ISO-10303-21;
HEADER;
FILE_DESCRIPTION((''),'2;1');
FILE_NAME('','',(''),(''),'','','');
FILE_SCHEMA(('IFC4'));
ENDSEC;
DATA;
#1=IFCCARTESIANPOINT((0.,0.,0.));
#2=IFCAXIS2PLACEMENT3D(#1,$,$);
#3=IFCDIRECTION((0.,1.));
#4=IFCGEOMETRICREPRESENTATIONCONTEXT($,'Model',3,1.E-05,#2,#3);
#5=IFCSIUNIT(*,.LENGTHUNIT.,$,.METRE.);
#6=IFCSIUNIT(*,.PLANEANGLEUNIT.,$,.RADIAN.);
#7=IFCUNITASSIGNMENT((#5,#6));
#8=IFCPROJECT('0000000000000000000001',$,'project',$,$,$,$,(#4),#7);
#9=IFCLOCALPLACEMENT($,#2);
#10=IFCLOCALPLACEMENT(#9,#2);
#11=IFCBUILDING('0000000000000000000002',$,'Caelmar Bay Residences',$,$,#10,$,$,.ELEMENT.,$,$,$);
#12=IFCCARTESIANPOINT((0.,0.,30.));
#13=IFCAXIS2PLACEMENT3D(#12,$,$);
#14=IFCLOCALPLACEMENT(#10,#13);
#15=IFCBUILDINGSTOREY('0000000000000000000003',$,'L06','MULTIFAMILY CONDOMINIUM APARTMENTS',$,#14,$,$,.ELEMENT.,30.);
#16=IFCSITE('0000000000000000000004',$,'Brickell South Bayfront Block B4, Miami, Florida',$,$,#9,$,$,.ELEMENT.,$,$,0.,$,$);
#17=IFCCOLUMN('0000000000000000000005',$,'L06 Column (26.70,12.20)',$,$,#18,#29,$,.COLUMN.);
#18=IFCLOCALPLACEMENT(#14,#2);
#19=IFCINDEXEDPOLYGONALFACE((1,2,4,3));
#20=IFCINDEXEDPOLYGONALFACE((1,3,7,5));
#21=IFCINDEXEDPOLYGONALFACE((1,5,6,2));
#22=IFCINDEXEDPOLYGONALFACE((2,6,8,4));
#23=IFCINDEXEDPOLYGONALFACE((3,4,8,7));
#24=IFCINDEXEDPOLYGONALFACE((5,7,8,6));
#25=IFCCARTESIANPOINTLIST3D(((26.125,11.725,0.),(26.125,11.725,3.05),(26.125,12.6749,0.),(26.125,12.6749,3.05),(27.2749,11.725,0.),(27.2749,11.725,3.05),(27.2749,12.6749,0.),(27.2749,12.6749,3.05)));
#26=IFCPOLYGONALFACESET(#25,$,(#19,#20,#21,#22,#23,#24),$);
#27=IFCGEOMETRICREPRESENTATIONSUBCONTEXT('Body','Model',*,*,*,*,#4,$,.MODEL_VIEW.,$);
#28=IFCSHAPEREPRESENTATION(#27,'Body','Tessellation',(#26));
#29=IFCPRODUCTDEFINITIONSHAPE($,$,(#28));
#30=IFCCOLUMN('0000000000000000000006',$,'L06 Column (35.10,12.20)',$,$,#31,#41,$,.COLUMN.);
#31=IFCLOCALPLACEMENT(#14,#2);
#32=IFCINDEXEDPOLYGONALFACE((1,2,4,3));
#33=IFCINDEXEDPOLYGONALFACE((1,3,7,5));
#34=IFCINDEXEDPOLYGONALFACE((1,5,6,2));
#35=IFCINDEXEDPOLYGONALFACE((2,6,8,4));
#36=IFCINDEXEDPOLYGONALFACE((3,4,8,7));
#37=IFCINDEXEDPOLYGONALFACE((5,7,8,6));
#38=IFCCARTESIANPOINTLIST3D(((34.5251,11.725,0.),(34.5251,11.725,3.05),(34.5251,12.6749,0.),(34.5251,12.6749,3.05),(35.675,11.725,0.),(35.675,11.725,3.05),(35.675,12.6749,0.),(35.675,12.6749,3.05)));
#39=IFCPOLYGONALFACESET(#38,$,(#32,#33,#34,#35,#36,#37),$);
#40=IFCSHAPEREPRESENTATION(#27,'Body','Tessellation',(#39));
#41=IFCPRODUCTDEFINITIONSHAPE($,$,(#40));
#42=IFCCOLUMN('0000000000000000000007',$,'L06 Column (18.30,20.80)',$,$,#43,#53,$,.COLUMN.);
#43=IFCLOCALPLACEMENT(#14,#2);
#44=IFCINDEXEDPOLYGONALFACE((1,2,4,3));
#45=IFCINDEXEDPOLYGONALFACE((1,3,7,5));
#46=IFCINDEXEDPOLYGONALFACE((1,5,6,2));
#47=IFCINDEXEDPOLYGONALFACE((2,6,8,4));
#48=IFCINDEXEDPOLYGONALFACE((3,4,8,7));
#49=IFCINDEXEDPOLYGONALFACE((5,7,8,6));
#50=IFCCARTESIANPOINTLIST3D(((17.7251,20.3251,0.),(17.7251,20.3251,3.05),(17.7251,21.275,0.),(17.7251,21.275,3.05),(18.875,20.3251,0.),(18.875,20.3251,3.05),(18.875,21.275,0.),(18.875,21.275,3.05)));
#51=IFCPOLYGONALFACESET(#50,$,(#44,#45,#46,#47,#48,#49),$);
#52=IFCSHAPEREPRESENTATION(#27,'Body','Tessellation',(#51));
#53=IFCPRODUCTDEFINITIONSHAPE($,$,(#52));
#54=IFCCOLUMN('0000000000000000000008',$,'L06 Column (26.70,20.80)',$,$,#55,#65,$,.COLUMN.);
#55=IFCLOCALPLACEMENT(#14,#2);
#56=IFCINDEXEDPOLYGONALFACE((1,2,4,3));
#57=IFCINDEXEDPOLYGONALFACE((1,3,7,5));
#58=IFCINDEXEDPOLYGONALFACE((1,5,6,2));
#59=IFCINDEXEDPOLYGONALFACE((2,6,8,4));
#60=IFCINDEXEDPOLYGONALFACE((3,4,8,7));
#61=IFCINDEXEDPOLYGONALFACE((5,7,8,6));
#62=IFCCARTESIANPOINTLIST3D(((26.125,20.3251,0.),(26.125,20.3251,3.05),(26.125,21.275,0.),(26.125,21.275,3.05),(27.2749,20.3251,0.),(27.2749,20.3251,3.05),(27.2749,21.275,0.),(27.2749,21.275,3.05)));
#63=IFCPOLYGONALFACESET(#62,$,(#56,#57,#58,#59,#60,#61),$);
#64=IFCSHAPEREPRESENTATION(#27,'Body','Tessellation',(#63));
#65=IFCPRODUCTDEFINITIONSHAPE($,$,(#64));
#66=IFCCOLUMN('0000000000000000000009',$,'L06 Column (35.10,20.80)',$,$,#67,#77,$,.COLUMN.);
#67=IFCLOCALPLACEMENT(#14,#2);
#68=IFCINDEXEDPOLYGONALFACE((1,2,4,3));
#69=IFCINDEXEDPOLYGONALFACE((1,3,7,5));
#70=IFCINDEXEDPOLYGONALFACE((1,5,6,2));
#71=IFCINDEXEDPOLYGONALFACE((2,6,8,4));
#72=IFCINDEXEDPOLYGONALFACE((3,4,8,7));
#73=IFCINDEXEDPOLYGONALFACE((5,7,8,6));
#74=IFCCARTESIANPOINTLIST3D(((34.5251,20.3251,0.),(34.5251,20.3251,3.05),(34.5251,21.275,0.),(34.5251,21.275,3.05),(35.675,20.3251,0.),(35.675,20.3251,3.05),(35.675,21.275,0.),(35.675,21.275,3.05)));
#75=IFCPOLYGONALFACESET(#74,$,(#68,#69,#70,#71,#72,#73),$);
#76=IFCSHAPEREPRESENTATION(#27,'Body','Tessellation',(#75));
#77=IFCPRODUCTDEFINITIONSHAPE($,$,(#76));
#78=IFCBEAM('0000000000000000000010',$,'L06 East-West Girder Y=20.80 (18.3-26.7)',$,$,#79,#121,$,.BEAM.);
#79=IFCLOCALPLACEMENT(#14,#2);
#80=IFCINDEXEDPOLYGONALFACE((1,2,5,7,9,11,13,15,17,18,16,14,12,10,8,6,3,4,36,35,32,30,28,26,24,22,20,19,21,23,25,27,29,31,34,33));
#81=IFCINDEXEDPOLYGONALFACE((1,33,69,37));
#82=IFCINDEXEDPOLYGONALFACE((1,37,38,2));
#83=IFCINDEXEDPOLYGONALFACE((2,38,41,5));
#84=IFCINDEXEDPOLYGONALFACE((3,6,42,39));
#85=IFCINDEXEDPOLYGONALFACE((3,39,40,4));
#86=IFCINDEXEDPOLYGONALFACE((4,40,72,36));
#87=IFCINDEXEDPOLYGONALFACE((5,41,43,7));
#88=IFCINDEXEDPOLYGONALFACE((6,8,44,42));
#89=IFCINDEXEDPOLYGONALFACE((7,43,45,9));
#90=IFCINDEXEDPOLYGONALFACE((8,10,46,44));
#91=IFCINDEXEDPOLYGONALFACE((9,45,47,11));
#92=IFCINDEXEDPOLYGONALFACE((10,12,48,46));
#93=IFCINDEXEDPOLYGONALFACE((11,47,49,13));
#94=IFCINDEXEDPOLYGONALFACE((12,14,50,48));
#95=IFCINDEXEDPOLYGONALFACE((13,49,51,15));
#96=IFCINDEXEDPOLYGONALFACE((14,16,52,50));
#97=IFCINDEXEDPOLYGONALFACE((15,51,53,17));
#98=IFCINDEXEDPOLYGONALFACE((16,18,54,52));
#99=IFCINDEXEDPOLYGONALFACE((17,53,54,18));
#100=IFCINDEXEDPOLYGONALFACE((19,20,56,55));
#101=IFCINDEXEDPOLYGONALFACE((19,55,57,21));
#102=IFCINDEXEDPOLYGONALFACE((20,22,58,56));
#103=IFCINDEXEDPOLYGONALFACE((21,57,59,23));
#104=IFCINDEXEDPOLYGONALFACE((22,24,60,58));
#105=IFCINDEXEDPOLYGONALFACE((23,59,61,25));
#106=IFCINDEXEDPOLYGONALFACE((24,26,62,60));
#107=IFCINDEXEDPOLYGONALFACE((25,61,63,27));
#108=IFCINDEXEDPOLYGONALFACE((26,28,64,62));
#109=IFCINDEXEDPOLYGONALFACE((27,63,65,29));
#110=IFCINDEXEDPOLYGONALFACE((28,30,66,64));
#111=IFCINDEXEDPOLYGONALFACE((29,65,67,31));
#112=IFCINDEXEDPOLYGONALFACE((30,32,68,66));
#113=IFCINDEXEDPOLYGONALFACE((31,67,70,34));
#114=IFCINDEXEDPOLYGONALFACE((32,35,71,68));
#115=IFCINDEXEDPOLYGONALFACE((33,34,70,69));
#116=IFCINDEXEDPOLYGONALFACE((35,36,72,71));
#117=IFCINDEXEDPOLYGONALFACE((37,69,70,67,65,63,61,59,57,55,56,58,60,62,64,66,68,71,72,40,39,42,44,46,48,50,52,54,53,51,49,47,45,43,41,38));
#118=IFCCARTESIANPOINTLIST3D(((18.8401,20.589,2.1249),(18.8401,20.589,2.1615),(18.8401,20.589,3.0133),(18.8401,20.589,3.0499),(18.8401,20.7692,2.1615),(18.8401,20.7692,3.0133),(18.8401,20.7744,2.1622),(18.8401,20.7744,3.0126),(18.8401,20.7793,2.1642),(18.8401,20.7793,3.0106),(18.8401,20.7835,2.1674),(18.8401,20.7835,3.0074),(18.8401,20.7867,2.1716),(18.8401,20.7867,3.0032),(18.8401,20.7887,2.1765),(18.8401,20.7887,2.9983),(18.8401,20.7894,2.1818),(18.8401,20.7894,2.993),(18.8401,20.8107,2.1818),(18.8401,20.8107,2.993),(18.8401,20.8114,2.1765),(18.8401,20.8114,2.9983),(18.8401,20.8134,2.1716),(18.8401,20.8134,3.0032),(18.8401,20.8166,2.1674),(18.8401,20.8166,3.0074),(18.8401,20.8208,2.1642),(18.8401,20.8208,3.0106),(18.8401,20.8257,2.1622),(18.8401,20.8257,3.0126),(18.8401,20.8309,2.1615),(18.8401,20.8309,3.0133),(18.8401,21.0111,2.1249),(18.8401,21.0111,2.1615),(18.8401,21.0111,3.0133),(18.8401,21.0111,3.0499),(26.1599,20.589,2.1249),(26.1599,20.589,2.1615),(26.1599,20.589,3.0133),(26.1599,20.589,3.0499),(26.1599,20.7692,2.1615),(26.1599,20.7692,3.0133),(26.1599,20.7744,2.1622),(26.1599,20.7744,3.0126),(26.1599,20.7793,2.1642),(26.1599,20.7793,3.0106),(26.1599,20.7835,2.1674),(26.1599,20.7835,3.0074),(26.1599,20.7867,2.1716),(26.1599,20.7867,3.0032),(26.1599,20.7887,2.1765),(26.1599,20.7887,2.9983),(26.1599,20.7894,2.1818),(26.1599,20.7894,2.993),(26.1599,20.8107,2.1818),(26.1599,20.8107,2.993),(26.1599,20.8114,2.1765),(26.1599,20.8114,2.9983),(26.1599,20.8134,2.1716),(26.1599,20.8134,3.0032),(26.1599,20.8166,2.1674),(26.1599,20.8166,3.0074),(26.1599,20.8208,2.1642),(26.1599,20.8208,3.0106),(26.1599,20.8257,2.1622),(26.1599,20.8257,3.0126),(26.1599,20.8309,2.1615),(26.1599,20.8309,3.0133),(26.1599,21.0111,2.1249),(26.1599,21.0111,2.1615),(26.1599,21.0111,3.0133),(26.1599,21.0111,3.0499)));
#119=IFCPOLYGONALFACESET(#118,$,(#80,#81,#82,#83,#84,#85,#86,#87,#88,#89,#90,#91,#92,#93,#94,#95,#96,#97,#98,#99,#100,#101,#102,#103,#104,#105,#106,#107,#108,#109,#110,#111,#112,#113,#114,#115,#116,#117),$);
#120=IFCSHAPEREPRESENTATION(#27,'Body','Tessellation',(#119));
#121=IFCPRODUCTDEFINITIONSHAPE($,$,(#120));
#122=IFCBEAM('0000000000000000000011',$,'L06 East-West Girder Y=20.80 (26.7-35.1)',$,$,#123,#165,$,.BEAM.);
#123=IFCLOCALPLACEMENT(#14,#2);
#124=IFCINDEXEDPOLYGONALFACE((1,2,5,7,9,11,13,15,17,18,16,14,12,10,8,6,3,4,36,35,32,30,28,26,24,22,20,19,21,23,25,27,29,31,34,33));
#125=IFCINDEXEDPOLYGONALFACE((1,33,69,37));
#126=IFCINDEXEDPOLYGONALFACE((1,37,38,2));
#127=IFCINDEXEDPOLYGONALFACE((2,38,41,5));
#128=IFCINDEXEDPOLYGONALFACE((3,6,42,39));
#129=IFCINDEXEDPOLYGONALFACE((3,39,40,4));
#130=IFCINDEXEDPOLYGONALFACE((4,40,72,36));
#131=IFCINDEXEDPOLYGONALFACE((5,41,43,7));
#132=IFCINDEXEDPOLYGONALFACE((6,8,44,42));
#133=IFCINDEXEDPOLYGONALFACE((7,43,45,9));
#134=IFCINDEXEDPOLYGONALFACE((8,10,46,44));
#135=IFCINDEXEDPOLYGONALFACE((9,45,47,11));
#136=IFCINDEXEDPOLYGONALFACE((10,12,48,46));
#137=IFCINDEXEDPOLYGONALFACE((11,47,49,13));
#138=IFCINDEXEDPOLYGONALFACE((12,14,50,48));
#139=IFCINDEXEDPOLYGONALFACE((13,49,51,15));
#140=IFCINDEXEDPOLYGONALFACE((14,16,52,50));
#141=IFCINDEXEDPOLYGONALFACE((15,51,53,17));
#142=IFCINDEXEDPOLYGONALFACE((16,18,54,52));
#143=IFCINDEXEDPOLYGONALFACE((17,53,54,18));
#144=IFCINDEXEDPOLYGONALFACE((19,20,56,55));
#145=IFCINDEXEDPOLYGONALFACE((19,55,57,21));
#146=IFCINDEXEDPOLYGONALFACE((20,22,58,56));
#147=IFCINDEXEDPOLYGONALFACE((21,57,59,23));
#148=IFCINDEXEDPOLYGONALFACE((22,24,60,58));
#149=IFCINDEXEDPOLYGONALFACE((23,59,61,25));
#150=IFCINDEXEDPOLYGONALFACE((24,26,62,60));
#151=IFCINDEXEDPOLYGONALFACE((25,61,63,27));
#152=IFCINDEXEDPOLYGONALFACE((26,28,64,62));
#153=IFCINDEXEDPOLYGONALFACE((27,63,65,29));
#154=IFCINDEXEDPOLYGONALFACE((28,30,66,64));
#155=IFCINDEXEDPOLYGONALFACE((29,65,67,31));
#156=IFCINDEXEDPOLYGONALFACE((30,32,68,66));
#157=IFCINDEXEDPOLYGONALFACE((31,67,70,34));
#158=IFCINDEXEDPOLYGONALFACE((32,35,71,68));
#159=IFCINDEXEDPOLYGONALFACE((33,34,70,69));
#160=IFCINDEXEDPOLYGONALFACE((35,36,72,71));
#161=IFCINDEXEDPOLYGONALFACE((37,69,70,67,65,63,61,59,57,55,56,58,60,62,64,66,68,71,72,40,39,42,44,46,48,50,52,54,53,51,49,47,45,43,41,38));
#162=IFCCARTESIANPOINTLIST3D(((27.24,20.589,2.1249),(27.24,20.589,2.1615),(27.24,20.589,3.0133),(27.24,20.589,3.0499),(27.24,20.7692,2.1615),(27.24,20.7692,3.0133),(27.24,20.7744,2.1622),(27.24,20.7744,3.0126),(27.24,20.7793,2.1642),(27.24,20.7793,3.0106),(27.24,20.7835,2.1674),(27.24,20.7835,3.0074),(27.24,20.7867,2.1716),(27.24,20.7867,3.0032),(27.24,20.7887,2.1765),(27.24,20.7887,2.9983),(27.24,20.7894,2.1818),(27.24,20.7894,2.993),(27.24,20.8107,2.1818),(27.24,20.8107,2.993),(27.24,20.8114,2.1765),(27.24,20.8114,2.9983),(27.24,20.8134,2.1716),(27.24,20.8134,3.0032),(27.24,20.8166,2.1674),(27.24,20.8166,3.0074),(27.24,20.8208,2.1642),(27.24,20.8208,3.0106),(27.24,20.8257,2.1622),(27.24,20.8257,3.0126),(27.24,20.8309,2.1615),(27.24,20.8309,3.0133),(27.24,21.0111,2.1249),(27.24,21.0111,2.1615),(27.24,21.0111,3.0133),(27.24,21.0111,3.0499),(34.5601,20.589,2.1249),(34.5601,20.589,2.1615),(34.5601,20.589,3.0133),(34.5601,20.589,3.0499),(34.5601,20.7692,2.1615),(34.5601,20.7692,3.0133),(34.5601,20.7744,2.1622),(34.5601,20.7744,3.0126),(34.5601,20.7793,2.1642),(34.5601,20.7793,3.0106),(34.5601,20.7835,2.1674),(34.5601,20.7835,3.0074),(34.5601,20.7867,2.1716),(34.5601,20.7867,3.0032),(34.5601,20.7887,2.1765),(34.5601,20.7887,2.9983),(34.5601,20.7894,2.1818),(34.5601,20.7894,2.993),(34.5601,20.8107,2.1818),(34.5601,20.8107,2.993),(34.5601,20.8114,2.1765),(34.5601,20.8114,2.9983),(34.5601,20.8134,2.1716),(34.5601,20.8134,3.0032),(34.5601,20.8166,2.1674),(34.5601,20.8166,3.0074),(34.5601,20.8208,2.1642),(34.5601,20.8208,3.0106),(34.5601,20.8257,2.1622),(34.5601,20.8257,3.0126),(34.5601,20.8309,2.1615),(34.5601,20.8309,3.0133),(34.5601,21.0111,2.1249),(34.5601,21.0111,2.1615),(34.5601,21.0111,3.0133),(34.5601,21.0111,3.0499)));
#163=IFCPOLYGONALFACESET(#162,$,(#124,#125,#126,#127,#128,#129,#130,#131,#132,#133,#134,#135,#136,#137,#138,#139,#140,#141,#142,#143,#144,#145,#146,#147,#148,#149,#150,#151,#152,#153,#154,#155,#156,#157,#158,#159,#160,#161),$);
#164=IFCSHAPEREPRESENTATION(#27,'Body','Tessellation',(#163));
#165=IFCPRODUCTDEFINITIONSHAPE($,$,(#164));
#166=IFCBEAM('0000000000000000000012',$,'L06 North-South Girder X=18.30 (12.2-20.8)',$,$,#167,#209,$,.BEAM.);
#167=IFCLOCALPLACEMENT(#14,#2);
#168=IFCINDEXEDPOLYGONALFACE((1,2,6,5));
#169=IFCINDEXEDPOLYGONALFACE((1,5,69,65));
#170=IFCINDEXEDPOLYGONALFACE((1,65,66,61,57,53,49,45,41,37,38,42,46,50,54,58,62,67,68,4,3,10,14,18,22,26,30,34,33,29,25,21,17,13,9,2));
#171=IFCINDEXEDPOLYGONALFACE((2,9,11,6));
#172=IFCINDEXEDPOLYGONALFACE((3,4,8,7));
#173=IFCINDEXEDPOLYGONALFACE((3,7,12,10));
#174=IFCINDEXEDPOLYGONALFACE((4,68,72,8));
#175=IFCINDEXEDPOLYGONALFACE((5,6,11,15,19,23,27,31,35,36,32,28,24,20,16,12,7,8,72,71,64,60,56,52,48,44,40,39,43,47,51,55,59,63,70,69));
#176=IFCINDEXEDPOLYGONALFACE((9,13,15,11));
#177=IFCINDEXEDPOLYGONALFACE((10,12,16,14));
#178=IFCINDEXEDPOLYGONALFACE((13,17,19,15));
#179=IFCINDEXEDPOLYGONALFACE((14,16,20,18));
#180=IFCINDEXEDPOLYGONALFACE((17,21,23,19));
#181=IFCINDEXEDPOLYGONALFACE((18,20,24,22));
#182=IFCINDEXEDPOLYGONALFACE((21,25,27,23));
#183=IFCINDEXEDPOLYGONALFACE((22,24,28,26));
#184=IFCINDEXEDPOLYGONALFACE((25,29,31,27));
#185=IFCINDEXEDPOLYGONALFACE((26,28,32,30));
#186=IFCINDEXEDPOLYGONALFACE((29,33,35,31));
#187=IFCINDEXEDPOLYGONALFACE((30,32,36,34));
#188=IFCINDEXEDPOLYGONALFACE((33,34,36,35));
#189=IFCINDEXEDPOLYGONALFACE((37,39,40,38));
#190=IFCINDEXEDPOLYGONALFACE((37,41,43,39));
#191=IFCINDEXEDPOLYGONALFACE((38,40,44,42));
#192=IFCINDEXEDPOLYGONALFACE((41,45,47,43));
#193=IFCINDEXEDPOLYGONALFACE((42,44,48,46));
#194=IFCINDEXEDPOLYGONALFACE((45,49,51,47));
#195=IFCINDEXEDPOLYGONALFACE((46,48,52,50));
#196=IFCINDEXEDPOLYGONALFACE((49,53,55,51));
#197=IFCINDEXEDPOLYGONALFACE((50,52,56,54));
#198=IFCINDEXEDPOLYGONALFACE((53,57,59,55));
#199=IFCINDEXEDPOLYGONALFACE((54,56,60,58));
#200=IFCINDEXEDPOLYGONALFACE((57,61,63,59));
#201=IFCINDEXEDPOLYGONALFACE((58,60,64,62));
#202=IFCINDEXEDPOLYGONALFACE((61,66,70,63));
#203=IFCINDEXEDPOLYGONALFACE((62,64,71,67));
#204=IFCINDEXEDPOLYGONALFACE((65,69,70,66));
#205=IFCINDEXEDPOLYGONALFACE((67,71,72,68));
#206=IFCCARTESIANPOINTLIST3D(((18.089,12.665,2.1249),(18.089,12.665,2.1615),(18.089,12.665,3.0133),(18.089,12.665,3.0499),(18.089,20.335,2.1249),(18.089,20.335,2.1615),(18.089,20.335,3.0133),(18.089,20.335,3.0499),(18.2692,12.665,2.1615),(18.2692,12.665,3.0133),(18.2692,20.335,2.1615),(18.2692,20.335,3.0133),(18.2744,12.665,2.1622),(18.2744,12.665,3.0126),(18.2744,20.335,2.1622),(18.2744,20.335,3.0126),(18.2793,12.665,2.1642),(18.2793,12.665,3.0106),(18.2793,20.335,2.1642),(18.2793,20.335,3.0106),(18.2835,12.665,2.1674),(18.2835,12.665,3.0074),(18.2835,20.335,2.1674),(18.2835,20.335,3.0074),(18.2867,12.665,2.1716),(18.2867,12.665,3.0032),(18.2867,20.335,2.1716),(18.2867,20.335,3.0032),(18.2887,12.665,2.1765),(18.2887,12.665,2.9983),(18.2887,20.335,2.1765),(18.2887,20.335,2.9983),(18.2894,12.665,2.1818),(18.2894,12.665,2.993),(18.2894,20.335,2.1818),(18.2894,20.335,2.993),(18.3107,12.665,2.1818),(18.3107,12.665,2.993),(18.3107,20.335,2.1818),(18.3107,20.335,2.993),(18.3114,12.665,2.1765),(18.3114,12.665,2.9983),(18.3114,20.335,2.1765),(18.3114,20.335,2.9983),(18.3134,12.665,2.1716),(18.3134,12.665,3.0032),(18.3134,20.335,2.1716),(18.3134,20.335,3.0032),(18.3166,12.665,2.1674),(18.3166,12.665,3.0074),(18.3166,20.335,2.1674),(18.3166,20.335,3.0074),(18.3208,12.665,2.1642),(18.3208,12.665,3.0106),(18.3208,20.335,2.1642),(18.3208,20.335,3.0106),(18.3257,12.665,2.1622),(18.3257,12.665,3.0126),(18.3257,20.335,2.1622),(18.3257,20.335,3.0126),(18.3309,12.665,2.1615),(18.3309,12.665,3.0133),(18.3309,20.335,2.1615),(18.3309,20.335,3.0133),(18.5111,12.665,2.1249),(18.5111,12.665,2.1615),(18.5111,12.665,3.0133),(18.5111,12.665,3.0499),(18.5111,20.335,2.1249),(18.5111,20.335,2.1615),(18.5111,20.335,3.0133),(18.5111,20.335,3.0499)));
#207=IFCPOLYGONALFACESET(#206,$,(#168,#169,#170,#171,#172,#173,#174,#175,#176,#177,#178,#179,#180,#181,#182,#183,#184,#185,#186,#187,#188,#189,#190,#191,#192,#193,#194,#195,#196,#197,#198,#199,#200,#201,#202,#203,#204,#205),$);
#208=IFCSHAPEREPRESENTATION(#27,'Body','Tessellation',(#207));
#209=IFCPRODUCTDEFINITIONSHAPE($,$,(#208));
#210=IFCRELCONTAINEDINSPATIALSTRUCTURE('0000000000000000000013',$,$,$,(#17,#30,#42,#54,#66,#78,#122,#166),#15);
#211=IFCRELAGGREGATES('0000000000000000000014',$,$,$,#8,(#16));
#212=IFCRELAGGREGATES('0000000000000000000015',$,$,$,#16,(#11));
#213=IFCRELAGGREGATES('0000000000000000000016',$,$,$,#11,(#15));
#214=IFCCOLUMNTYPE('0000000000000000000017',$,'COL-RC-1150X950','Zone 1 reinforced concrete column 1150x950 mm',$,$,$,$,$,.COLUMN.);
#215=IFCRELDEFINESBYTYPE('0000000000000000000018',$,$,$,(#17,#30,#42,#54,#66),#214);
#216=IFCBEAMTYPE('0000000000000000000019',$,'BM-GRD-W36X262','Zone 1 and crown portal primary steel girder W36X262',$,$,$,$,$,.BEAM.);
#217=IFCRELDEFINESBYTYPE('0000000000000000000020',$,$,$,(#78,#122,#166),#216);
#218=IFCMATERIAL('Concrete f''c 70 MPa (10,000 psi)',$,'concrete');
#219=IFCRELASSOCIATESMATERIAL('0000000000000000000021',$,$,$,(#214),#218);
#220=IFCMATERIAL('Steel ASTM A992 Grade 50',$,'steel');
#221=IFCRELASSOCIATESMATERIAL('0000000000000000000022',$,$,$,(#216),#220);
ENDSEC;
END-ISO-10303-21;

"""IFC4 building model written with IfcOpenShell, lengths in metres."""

from ifc_helpers import new_model, si_unit, direction, frame, origin, origin_2d, place, context, subcontext, project, spatial, rectangle, i_section, extrude, material, material_profile, profile_set, type_object, element, save


model = new_model("IFC4")

# Units and contexts
model_context = context("Model", 3, precision=1e-05, world=origin(), true_north=direction((0.0, 1.0)))
body_context = subcontext(model_context, "Body", "Model", "MODEL_VIEW")
ifc_project = project(units=[si_unit("LENGTHUNIT", "METRE"), si_unit("PLANEANGLEUNIT", "RADIAN")], contexts=[model_context])

# Site, building, storey
site_placement = place(None, origin())
site = spatial("IfcSite", under=ifc_project, at=site_placement, Name="Brickell South Bayfront Block B4, Miami, Florida", CompositionType="ELEMENT", RefElevation=0.0)
building_placement = place(site_placement, origin())
building = spatial("IfcBuilding", under=site, at=building_placement, Name="Caelmar Bay Residences", CompositionType="ELEMENT")
storey_placement = place(building_placement, frame((0.0, 0.0, 30.0)))
storey = spatial("IfcBuildingStorey", under=building, at=storey_placement, Name="L06", Description="MULTIFAMILY CONDOMINIUM APARTMENTS", CompositionType="ELEMENT", Elevation=30.0)

# Columns
ifc_material_1 = material(Name="Concrete f'c 70 MPa (10,000 psi)", Category="concrete")
ifc_material_profile_1 = material_profile(ifc_material_1, rectangle(XDim=1.1499, YDim=0.95, at=origin_2d()), Name="RC-COL-1150X950")
ifc_profile_set_1 = profile_set([ifc_material_profile_1], Name="Concrete f'c 70 MPa (10,000 psi)")
column_type = type_object("IfcColumnType", Name="COL-RC-1150X950", Description="Zone 1 reinforced concrete column 1150x950 mm", PredefinedType="COLUMN", material=ifc_profile_set_1)
for number, where, z_axis, x_axis, name in (
    (1, (26.7, 12.2, 0.0), (0.0, 0.0, 1.0), (1.0, 0.0, 0.0), "L06 Column (26.70,12.20)"),
    (2, (35.1001, 12.2, 0.0), (0.0, 0.0, 1.0), (1.0, 0.0, 0.0), "L06 Column (35.10,12.20)"),
    (3, (18.3, 20.8, 0.0), (0.0, 0.0, 1.0), (1.0, 0.0, 0.0), "L06 Column (18.30,20.80)"),
    (4, (26.7, 20.8, 0.0), (0.0, 0.0, 1.0), (1.0, 0.0, 0.0), "L06 Column (26.70,20.80)"),
    (5, (35.1001, 20.8, 0.0), (0.0, 0.0, 1.0), (1.0, 0.0, 0.0), "L06 Column (35.10,20.80)"),
):
    element("IfcColumn", number, at=place(storey_placement, frame(where, z_axis=z_axis, x_axis=x_axis)), inside=storey, type_object=column_type, Name=name, PredefinedType="COLUMN", context=body_context, shape_type="SweptSolid", body=[
        extrude(rectangle(XDim=1.1499, YDim=0.95, at=origin_2d()), origin(), (0.0, 0.0, 1.0), 3.05),
    ])

# Beams
ifc_material_2 = material(Name="Steel ASTM A992 Grade 50", Category="steel")
ifc_material_profile_2 = material_profile(ifc_material_2, i_section(OverallWidth=0.4221, OverallDepth=0.925, WebThickness=0.0212, FlangeThickness=0.0366, FilletRadius=0.0203, at=origin_2d()), Name="W36X262")
ifc_profile_set_2 = profile_set([ifc_material_profile_2], Name="Steel ASTM A992 Grade 50")
beam_type_1 = type_object("IfcBeamType", Name="BM-GRD-W36X262", Description="Zone 1 and crown portal primary steel girder W36X262", PredefinedType="BEAM", material=ifc_profile_set_2)
beam_1_placement = place(storey_placement, frame((18.8401, 20.8, 2.5874), z_axis=(1.0, 0.0, 0.0), x_axis=(0.0, 1.0, 0.0)))
element("IfcBeam", 6, at=beam_1_placement, inside=storey, type_object=beam_type_1, Name="L06 East-West Girder Y=20.80 (18.3-26.7)", PredefinedType="BEAM", context=body_context, shape_type="SweptSolid", body=[
    extrude(i_section(OverallWidth=0.4221, OverallDepth=0.925, WebThickness=0.0212, FlangeThickness=0.0366, FilletRadius=0.0203, at=origin_2d()), origin(), (0.0, 0.0, 1.0), 7.3198),
])
beam_2_placement = place(storey_placement, frame((27.24, 20.8, 2.5874), z_axis=(1.0, 0.0, 0.0), x_axis=(0.0, 1.0, 0.0)))
element("IfcBeam", 7, at=beam_2_placement, inside=storey, type_object=beam_type_1, Name="L06 East-West Girder Y=20.80 (26.7-35.1)", PredefinedType="BEAM", context=body_context, shape_type="SweptSolid", body=[
    extrude(i_section(OverallWidth=0.4221, OverallDepth=0.925, WebThickness=0.0212, FlangeThickness=0.0366, FilletRadius=0.0203, at=origin_2d()), origin(), (0.0, 0.0, 1.0), 7.3201),
])
for number, where, z_axis, x_axis, name in (
    (8, (18.3, 12.665, 2.5874), (0.0, 1.0, 0.0), (-1.0, 0.0, 0.0), "L06 North-South Girder X=18.30 (12.2-20.8)"),
):
    element("IfcBeam", number, at=place(storey_placement, frame(where, z_axis=z_axis, x_axis=x_axis)), inside=storey, type_object=beam_type_1, Name=name, PredefinedType="BEAM", context=body_context, shape_type="SweptSolid", body=[
        extrude(i_section(OverallWidth=0.4221, OverallDepth=0.925, WebThickness=0.0212, FlangeThickness=0.0366, FilletRadius=0.0203, at=origin_2d()), origin(), (0.0, 0.0, 1.0), 7.6699),
    ])

save(model, "model.ifc")
